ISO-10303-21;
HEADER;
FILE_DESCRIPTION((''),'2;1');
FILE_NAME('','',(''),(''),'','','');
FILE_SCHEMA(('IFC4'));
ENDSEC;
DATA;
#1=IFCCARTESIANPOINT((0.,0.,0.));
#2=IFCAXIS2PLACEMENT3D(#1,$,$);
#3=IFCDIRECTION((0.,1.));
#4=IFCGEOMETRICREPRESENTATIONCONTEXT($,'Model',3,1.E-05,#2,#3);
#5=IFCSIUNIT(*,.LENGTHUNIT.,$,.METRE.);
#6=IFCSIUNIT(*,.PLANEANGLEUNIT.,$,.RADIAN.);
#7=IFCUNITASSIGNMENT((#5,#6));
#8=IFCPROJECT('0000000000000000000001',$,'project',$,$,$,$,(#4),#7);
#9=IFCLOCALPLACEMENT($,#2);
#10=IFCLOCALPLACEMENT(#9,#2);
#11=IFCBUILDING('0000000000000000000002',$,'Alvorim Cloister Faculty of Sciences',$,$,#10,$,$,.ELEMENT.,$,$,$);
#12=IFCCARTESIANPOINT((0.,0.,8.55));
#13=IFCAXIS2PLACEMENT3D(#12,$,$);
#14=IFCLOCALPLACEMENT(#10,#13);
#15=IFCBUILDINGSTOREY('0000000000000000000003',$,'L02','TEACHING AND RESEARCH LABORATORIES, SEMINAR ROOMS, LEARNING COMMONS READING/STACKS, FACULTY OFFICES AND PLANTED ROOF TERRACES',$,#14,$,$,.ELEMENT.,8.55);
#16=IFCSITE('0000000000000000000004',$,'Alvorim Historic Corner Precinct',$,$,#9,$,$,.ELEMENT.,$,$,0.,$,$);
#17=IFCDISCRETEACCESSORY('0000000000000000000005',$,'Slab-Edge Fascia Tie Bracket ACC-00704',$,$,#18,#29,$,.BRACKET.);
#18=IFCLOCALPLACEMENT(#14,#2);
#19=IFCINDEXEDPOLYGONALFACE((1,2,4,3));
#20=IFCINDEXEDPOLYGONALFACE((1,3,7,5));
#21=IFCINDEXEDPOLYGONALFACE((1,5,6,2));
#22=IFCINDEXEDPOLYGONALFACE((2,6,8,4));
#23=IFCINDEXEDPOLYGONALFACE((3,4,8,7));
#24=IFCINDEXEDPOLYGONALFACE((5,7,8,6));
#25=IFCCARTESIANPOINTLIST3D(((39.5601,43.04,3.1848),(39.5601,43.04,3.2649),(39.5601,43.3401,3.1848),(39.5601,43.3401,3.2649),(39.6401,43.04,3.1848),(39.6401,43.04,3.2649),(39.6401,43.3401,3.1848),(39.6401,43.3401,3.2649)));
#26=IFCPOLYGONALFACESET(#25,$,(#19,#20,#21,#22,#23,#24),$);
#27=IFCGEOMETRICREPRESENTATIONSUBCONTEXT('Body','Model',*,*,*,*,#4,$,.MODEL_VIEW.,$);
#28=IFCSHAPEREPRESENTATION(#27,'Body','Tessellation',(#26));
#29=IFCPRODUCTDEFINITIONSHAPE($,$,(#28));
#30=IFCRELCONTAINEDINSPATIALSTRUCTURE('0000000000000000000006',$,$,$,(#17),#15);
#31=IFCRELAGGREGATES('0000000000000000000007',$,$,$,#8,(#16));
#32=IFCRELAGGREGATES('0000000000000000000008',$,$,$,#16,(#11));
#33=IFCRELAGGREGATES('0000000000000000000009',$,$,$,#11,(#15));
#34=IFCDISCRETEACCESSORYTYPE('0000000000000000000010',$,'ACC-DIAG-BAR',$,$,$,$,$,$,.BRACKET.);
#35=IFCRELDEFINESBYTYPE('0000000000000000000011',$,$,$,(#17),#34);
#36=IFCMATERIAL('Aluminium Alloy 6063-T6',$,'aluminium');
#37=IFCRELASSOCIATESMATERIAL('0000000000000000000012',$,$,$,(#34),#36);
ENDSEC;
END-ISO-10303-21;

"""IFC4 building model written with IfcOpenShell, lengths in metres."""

from ifc_helpers import new_model, si_unit, direction, frame, origin, origin_2d, place, context, subcontext, project, spatial, rectangle, extrude, material, type_object, element, save


model = new_model("IFC4")

# Units and contexts
model_context = context("Model", 3, precision=1e-05, world=origin(), true_north=direction((0.0, 1.0)))
body_context = subcontext(model_context, "Body", "Model", "MODEL_VIEW")
ifc_project = project(units=[si_unit("LENGTHUNIT", "METRE"), si_unit("PLANEANGLEUNIT", "RADIAN")], contexts=[model_context])

# Site, building, storey
site_placement = place(None, origin())
site = spatial("IfcSite", under=ifc_project, at=site_placement, Name="Alvorim Historic Corner Precinct", CompositionType="ELEMENT", RefElevation=0.0)
building_placement = place(site_placement, origin())
building = spatial("IfcBuilding", under=site, at=building_placement, Name="Alvorim Cloister Faculty of Sciences", CompositionType="ELEMENT")
storey_placement = place(building_placement, frame((0.0, 0.0, 8.55)))
storey = spatial("IfcBuildingStorey", under=building, at=storey_placement, Name="L02", Description="TEACHING AND RESEARCH LABORATORIES, SEMINAR ROOMS, LEARNING COMMONS READING/STACKS, FACULTY OFFICES AND PLANTED ROOF TERRACES", CompositionType="ELEMENT", Elevation=8.55)

# Shared definitions
ifc_material_1 = material(Name="Aluminium Alloy 6063-T6", Category="aluminium")

# Discrete accessory
discrete_accessory_type = type_object("IfcDiscreteAccessoryType", Name="ACC-DIAG-BAR", PredefinedType="BRACKET", material=ifc_material_1)
discrete_accessory_placement = place(storey_placement, frame((39.6001, 43.3401, 3.2249), z_axis=(0.0, -1.0, 0.0), x_axis=(1.0, 0.0, 0.0)))
element("IfcDiscreteAccessory", 1, at=discrete_accessory_placement, inside=storey, type_object=discrete_accessory_type, Name="Slab-Edge Fascia Tie Bracket ACC-00704", PredefinedType="BRACKET", context=body_context, shape_type="SweptSolid", body=[
    extrude(rectangle(XDim=0.0801, YDim=0.0801, at=origin_2d()), origin(), (0.0, 0.0, 1.0), 0.3),
])

save(model, "model.ifc")
